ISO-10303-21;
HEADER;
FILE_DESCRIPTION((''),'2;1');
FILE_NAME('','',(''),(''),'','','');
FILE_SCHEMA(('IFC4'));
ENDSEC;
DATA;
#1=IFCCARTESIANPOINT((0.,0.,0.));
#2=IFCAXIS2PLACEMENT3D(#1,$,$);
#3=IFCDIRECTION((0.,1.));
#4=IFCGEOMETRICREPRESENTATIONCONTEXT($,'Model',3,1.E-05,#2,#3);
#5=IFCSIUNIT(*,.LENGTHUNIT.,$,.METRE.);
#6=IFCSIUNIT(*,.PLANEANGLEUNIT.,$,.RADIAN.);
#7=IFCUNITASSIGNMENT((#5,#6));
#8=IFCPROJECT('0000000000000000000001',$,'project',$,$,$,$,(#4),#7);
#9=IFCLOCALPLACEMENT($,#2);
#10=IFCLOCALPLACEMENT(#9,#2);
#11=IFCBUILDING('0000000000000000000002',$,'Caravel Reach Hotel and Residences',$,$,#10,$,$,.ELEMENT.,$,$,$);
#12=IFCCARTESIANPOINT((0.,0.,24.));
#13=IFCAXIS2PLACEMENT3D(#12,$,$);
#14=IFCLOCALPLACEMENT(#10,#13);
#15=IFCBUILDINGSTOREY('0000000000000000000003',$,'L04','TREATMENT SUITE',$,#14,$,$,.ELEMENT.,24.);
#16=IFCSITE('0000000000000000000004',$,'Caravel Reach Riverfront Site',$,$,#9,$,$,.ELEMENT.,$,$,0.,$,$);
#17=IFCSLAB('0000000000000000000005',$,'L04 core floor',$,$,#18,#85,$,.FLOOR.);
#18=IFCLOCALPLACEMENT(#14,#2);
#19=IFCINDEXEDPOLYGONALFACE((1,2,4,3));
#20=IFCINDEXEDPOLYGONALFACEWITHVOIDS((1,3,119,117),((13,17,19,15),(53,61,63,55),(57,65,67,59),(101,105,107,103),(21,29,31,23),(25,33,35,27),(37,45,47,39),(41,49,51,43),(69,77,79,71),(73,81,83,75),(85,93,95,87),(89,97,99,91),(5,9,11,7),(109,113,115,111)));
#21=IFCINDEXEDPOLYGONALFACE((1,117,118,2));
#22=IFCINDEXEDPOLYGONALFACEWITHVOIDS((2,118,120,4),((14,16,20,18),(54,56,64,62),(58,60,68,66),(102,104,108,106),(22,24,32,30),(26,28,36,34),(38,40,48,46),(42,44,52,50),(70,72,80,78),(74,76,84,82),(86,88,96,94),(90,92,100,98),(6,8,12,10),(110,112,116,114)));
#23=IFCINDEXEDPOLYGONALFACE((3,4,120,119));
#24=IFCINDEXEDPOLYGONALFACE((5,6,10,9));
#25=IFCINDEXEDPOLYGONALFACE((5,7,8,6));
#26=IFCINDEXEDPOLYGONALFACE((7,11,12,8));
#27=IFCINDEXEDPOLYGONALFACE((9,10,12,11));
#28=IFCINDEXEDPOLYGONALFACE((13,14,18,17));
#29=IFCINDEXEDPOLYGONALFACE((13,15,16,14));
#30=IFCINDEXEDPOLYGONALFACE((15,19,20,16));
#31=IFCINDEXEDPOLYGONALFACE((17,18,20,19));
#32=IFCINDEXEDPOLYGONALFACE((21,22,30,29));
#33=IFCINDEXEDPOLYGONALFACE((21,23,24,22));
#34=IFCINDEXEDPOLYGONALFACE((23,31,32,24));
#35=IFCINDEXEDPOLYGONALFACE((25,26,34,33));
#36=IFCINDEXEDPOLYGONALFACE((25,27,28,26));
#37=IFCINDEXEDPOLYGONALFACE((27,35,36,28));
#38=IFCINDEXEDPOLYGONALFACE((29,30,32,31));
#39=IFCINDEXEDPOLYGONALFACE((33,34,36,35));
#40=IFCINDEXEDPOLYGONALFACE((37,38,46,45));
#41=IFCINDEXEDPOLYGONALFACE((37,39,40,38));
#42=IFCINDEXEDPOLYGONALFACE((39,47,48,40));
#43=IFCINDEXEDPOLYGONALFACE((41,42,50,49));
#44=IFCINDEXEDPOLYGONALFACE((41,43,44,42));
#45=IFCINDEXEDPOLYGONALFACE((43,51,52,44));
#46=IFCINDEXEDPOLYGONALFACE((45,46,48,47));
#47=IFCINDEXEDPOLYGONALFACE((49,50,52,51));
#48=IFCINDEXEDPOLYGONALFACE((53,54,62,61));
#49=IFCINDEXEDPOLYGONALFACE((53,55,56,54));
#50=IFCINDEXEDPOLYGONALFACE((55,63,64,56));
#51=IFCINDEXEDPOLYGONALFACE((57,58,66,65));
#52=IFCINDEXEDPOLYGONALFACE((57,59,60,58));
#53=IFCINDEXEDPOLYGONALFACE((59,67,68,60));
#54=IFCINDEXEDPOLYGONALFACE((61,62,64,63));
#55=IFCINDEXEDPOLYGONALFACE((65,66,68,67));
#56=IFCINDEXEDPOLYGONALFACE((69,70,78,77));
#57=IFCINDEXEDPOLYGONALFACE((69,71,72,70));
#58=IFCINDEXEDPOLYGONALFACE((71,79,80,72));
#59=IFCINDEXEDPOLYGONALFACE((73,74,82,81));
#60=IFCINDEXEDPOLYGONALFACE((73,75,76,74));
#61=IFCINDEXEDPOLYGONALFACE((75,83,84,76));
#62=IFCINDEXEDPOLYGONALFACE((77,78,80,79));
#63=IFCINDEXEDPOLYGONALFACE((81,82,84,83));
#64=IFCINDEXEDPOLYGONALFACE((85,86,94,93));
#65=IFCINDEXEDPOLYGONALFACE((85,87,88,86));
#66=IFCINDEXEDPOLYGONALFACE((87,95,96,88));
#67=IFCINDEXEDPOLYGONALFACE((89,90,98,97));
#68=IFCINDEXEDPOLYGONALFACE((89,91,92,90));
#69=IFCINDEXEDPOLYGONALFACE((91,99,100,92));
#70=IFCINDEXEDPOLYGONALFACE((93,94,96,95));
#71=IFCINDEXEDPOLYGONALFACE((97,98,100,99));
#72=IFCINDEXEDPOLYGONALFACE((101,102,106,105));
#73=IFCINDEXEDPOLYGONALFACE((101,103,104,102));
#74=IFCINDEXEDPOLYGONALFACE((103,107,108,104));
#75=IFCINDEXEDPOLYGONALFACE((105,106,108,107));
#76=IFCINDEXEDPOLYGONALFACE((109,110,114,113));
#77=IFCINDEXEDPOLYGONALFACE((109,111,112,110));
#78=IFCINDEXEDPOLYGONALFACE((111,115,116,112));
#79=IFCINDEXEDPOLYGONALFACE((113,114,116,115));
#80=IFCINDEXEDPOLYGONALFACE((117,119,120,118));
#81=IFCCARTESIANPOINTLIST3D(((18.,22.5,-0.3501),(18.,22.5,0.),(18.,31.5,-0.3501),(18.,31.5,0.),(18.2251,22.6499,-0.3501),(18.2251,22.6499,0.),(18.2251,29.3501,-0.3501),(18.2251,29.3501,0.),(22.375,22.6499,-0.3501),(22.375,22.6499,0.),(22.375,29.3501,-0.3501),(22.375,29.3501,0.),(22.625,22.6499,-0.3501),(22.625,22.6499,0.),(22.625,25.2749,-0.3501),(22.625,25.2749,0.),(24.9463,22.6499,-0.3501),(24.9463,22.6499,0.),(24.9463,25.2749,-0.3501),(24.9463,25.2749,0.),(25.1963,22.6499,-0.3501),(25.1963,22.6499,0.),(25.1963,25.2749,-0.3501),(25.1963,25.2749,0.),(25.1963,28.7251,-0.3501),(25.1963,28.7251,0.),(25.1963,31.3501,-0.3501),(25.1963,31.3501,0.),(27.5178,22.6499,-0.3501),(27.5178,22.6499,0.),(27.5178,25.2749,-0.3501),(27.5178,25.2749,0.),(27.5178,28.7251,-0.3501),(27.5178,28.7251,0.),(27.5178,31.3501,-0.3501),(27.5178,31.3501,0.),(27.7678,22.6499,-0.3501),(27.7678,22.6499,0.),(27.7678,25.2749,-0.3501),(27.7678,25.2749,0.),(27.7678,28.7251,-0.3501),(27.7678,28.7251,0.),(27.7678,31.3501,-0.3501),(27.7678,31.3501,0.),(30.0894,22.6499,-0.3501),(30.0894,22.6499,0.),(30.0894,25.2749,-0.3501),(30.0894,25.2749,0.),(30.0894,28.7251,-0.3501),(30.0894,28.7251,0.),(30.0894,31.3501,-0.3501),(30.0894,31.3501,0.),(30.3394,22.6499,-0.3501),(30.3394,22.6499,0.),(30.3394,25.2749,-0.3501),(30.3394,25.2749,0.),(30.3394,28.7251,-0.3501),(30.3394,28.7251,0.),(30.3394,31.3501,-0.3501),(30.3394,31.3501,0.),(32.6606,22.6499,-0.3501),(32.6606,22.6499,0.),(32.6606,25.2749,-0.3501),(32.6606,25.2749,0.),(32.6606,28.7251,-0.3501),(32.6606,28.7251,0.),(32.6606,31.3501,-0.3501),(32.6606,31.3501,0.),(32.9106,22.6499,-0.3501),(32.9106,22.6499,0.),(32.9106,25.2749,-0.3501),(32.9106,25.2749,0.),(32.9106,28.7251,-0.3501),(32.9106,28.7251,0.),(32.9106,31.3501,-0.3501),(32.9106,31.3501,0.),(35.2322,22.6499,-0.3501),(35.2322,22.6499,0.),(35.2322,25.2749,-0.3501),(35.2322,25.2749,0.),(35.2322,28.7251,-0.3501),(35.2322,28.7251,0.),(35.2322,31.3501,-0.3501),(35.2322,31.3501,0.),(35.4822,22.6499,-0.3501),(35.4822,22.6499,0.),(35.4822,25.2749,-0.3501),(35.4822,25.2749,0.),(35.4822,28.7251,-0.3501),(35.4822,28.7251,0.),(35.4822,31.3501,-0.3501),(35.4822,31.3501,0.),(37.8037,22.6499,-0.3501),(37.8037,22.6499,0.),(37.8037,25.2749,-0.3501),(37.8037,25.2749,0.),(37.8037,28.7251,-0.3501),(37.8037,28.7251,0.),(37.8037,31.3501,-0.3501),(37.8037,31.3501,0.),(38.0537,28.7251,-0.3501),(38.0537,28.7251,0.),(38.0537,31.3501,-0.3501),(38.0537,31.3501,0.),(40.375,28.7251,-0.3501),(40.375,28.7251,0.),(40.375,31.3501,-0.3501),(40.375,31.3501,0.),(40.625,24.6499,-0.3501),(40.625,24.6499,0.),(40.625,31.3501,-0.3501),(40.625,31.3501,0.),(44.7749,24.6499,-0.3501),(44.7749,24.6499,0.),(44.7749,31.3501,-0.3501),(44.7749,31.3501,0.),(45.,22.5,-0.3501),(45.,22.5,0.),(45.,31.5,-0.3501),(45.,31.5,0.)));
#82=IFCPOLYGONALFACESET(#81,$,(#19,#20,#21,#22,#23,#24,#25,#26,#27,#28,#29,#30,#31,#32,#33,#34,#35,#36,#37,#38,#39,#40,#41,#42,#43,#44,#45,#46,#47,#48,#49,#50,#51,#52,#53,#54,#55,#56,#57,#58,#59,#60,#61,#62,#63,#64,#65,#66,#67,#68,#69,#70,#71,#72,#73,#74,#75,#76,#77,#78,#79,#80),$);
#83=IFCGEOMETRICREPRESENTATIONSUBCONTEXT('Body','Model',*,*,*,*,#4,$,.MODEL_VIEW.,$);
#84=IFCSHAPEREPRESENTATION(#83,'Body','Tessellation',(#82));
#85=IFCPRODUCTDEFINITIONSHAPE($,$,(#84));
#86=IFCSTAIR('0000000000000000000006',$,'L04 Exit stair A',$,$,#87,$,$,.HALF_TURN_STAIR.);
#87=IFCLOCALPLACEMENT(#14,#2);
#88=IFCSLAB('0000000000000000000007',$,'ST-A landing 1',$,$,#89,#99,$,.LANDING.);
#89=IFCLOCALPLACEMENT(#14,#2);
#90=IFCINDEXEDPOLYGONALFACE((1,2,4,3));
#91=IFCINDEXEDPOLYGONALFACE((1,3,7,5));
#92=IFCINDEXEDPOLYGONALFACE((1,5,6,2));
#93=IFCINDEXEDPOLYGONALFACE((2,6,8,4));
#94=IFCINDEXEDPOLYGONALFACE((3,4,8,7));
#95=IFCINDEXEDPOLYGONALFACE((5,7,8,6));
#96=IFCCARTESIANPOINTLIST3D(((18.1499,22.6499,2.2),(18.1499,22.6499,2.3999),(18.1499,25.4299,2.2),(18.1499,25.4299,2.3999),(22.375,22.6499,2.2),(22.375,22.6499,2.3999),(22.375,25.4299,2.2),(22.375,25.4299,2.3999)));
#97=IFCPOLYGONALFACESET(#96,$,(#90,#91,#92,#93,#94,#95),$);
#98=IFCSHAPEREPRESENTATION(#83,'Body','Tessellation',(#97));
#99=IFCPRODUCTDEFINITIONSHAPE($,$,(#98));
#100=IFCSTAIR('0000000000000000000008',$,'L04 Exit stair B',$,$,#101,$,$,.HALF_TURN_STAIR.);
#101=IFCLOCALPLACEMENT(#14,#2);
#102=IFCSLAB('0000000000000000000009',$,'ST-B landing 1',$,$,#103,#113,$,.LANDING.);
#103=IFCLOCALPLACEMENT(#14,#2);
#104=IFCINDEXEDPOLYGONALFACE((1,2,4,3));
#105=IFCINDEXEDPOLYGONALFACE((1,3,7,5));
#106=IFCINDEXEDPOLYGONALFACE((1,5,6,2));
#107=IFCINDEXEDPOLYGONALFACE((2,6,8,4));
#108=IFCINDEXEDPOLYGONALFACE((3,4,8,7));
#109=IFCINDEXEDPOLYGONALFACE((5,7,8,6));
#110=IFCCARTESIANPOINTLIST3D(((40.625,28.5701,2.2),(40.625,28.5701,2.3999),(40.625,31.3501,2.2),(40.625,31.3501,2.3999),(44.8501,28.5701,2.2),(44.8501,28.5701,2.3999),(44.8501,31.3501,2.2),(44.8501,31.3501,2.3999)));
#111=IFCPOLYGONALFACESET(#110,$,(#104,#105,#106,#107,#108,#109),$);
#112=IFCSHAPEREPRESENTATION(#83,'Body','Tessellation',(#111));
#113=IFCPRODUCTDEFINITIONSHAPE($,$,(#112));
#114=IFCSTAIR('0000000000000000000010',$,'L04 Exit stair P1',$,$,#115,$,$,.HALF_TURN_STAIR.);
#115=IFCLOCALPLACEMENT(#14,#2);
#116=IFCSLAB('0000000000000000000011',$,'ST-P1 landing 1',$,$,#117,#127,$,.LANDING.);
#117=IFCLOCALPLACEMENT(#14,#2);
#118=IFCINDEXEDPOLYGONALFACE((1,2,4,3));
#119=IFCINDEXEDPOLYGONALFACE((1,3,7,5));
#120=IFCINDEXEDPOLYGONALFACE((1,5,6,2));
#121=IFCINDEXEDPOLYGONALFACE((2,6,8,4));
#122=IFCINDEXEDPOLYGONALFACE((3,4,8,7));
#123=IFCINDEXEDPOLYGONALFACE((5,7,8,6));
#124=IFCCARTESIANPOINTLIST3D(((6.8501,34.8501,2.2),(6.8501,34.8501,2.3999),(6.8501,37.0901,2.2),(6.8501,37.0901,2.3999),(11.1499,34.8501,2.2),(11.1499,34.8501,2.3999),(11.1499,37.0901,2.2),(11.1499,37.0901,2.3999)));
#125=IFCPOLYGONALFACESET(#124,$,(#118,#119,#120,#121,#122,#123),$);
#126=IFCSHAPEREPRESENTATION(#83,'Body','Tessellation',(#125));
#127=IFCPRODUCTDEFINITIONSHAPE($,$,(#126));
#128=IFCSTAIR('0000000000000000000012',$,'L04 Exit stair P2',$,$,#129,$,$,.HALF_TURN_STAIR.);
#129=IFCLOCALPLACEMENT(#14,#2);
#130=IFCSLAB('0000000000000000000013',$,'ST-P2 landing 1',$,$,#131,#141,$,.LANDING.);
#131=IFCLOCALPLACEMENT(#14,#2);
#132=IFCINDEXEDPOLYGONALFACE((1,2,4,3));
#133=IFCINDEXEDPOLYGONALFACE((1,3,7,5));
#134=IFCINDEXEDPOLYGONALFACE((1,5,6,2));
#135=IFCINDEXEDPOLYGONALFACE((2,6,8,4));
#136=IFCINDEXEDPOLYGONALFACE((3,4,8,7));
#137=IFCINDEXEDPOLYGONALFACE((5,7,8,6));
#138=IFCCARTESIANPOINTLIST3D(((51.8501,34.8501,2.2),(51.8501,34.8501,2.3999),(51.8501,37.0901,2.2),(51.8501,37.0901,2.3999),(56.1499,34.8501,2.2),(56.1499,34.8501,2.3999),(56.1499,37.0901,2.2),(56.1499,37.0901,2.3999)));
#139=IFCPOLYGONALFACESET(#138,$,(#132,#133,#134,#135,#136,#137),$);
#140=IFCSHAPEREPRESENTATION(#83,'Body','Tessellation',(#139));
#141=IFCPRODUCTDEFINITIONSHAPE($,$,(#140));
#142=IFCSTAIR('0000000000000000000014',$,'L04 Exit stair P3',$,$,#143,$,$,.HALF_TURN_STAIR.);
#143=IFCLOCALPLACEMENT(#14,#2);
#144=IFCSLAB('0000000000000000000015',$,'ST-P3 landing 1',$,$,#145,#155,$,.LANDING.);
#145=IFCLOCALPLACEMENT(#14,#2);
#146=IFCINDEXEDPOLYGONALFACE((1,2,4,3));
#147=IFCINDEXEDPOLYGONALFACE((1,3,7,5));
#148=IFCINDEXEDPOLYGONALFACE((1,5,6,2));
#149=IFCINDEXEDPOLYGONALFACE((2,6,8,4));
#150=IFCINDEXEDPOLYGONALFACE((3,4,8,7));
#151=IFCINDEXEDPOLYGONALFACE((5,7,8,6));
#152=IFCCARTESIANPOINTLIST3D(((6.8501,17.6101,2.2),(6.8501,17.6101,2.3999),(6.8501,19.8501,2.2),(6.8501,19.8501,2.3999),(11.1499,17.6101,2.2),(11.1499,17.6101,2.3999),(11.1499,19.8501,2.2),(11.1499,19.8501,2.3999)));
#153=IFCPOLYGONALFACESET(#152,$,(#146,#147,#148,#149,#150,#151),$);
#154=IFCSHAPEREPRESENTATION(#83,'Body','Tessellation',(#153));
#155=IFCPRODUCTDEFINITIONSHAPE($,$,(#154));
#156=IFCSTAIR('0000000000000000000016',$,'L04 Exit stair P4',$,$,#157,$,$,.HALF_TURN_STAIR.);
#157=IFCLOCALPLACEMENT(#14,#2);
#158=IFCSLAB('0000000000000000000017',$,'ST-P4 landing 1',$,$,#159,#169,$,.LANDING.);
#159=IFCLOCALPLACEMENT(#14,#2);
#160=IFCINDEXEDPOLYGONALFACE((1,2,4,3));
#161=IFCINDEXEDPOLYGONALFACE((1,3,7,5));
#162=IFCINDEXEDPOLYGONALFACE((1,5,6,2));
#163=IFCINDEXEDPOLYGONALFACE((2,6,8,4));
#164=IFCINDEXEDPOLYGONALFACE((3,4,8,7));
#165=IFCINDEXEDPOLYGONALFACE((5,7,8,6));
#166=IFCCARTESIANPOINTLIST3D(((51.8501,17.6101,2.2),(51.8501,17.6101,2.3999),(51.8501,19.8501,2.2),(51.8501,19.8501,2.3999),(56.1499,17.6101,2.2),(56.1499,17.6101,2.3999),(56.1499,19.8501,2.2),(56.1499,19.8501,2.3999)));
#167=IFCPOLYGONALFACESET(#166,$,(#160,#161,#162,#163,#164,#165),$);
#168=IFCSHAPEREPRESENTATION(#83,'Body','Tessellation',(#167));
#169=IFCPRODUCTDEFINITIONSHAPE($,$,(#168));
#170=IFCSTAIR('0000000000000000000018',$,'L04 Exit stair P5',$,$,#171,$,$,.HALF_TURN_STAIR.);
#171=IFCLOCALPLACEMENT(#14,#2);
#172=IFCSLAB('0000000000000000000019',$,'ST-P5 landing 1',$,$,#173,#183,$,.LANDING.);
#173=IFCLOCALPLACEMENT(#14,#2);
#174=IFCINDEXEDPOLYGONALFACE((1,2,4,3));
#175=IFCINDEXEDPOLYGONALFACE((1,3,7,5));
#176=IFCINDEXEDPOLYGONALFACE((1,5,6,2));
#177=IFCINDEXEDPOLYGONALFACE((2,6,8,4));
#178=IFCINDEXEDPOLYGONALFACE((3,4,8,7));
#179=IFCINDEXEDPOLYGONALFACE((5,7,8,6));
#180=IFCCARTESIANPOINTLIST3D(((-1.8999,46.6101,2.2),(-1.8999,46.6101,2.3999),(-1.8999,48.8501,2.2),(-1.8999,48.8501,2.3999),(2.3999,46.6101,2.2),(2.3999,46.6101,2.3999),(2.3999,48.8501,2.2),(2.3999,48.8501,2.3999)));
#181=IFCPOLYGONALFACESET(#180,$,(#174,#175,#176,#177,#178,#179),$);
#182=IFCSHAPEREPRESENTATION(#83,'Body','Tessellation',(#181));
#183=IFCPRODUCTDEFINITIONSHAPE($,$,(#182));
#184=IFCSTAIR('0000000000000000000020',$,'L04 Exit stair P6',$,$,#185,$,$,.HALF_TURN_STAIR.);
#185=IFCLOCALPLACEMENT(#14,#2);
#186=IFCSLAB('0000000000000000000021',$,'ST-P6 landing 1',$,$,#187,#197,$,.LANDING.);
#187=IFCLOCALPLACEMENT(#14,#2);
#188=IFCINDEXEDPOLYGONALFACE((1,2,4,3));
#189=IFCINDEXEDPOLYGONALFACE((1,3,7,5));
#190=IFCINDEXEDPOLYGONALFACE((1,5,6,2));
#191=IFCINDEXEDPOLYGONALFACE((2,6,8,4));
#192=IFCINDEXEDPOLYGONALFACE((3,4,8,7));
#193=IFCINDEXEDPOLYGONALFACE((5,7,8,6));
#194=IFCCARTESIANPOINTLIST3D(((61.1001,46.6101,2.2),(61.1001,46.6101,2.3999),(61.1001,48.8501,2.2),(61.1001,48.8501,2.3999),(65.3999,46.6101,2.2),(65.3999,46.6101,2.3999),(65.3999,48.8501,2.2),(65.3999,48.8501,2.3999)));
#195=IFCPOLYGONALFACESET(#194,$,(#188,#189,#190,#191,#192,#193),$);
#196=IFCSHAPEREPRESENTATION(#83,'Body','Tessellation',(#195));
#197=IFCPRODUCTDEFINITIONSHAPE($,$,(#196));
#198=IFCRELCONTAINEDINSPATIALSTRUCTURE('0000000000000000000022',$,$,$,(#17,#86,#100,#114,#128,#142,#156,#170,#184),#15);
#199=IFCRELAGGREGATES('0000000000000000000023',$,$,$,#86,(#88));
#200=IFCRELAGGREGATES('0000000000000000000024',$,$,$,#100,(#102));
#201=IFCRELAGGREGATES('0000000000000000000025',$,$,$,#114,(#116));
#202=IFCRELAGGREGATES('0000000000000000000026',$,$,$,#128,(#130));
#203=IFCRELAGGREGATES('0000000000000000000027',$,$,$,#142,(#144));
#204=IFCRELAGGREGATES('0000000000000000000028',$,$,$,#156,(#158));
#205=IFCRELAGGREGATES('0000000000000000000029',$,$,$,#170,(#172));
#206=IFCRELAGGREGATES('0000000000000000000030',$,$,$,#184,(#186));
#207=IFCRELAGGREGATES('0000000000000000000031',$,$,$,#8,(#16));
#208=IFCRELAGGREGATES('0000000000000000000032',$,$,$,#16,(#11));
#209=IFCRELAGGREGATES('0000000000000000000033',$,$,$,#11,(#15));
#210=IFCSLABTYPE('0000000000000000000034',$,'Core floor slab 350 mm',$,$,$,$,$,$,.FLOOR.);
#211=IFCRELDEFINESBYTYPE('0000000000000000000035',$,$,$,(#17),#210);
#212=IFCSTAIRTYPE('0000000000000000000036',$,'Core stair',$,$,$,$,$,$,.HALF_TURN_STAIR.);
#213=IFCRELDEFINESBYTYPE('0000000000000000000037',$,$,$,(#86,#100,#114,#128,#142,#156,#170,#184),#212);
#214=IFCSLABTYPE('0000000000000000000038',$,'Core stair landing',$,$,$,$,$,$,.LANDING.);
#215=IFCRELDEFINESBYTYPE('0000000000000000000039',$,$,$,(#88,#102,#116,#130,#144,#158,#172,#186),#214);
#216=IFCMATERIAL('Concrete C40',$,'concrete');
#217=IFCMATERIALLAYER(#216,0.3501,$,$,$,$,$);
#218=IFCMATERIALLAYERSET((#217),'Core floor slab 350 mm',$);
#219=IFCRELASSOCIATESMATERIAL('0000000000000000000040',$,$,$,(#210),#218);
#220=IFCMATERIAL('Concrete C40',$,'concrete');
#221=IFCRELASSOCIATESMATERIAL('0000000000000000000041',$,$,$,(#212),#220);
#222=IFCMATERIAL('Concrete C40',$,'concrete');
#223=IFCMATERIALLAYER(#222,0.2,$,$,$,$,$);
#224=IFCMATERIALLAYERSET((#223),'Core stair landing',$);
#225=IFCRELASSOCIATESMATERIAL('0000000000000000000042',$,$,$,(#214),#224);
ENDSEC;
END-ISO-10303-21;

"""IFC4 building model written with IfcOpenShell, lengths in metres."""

from ifc_helpers import new_model, si_unit, direction, frame, origin, place, context, subcontext, project, spatial, polyline, outline, extrude, material, layer, layer_set, type_object, element, aggregate, save


model = new_model("IFC4")

# Units and contexts
model_context = context("Model", 3, precision=1e-05, world=origin(), true_north=direction((0.0, 1.0)))
body_context = subcontext(model_context, "Body", "Model", "MODEL_VIEW")
ifc_project = project(units=[si_unit("LENGTHUNIT", "METRE"), si_unit("PLANEANGLEUNIT", "RADIAN")], contexts=[model_context])

# Site, building, storey
site_placement = place(None, origin())
site = spatial("IfcSite", under=ifc_project, at=site_placement, Name="Caravel Reach Riverfront Site", CompositionType="ELEMENT", RefElevation=0.0)
building_placement = place(site_placement, origin())
building = spatial("IfcBuilding", under=site, at=building_placement, Name="Caravel Reach Hotel and Residences", CompositionType="ELEMENT")
storey_placement = place(building_placement, frame((0.0, 0.0, 24.0)))
storey = spatial("IfcBuildingStorey", under=building, at=storey_placement, Name="L04", Description="TREATMENT SUITE", CompositionType="ELEMENT", Elevation=24.0)

# Slab
ifc_material_1 = material(Name="Concrete C40", Category="concrete")
ifc_layer_1 = layer(ifc_material_1, 0.3501)
ifc_layer_set_1 = layer_set([ifc_layer_1], Name="Core floor slab 350 mm")
slab_type_1 = type_object("IfcSlabType", Name="Core floor slab 350 mm", PredefinedType="FLOOR", material=ifc_layer_set_1)
slab_1_placement = place(storey_placement, frame((0.0, 0.0, -0.3501)))
element("IfcSlab", 1, at=slab_1_placement, inside=storey, type_object=slab_type_1, Name="L04 core floor", PredefinedType="FLOOR", context=body_context, shape_type="SweptSolid", body=[
    extrude(outline(polyline([(18.0, 31.5), (45.0, 31.5), (45.0, 22.5), (18.0, 22.5), (18.0, 31.5)]), holes=[polyline([(22.625, 25.2749), (22.625, 22.6499), (24.9463, 22.6499), (24.9463, 25.2749), (22.625, 25.2749)]), polyline([(27.5178, 25.2749), (25.1963, 25.2749), (25.1963, 22.6499), (27.5178, 22.6499), (27.5178, 25.2749)]), polyline([(30.0894, 25.2749), (27.7678, 25.2749), (27.7678, 22.6499), (30.0894, 22.6499), (30.0894, 25.2749)]), polyline([(32.6606, 25.2749), (30.3394, 25.2749), (30.3394, 22.6499), (32.6606, 22.6499), (32.6606, 25.2749)]), polyline([(18.2251, 22.6499), (22.375, 22.6499), (22.375, 29.3501), (18.2251, 29.3501), (18.2251, 22.6499)]), polyline([(27.5178, 31.3501), (25.1963, 31.3501), (25.1963, 28.7251), (27.5178, 28.7251), (27.5178, 31.3501)]), polyline([(30.0894, 31.3501), (27.7678, 31.3501), (27.7678, 28.7251), (30.0894, 28.7251), (30.0894, 31.3501)]), polyline([(32.9106, 25.2749), (32.9106, 22.6499), (35.2322, 22.6499), (35.2322, 25.2749), (32.9106, 25.2749)]), polyline([(37.8037, 25.2749), (35.4822, 25.2749), (35.4822, 22.6499), (37.8037, 22.6499), (37.8037, 25.2749)]), polyline([(44.7749, 31.3501), (40.625, 31.3501), (40.625, 24.6499), (44.7749, 24.6499), (44.7749, 31.3501)]), polyline([(32.6606, 31.3501), (30.3394, 31.3501), (30.3394, 28.7251), (32.6606, 28.7251), (32.6606, 31.3501)]), polyline([(35.2322, 31.3501), (32.9106, 31.3501), (32.9106, 28.7251), (35.2322, 28.7251), (35.2322, 31.3501)]), polyline([(37.8037, 31.3501), (35.4822, 31.3501), (35.4822, 28.7251), (37.8037, 28.7251), (37.8037, 31.3501)]), polyline([(40.375, 31.3501), (38.0537, 31.3501), (38.0537, 28.7251), (40.375, 28.7251), (40.375, 31.3501)])]), origin(), (0.0, 0.0, 1.0), 0.3501),
])

# Stairs, slabs
ifc_material_2 = material(Name="Concrete C40", Category="concrete")
stair_type = type_object("IfcStairType", Name="Core stair", PredefinedType="HALF_TURN_STAIR", material=ifc_material_2)
stair_1_placement = place(storey_placement, origin())
stair_1 = element("IfcStair", 2, at=stair_1_placement, inside=storey, type_object=stair_type, Name="L04 Exit stair A", PredefinedType="HALF_TURN_STAIR")
ifc_material_3 = material(Name="Concrete C40", Category="concrete")
ifc_layer_2 = layer(ifc_material_3, 0.2)
ifc_layer_set_2 = layer_set([ifc_layer_2], Name="Core stair landing")
slab_type_2 = type_object("IfcSlabType", Name="Core stair landing", PredefinedType="LANDING", material=ifc_layer_set_2)
slab_2_placement = place(storey_placement, frame((0.0, 0.0, 2.2)))
slab_2 = element("IfcSlab", 3, at=slab_2_placement, type_object=slab_type_2, Name="ST-A landing 1", PredefinedType="LANDING", context=body_context, shape_type="SweptSolid", body=[
    extrude(outline(polyline([(18.1499, 25.4299), (18.1499, 22.6499), (22.375, 22.6499), (22.375, 25.4299), (18.1499, 25.4299)])), origin(), (0.0, 0.0, 1.0), 0.2),
])
aggregate(stair_1, [slab_2])
stair_2_placement = place(storey_placement, origin())
stair_2 = element("IfcStair", 4, at=stair_2_placement, inside=storey, type_object=stair_type, Name="L04 Exit stair B", PredefinedType="HALF_TURN_STAIR")
slab_3_placement = place(storey_placement, frame((0.0, 0.0, 2.2)))
slab_3 = element("IfcSlab", 5, at=slab_3_placement, type_object=slab_type_2, Name="ST-B landing 1", PredefinedType="LANDING", context=body_context, shape_type="SweptSolid", body=[
    extrude(outline(polyline([(44.8501, 28.5701), (44.8501, 31.3501), (40.625, 31.3501), (40.625, 28.5701), (44.8501, 28.5701)])), origin(), (0.0, 0.0, 1.0), 0.2),
])
aggregate(stair_2, [slab_3])
stair_3_placement = place(storey_placement, origin())
stair_3 = element("IfcStair", 6, at=stair_3_placement, inside=storey, type_object=stair_type, Name="L04 Exit stair P1", PredefinedType="HALF_TURN_STAIR")
slab_4_placement = place(storey_placement, frame((0.0, 0.0, 2.2)))
slab_4 = element("IfcSlab", 7, at=slab_4_placement, type_object=slab_type_2, Name="ST-P1 landing 1", PredefinedType="LANDING", context=body_context, shape_type="SweptSolid", body=[
    extrude(outline(polyline([(6.8501, 37.0901), (6.8501, 34.8501), (11.1499, 34.8501), (11.1499, 37.0901), (6.8501, 37.0901)])), origin(), (0.0, 0.0, 1.0), 0.2),
])
aggregate(stair_3, [slab_4])
stair_4_placement = place(storey_placement, origin())
stair_4 = element("IfcStair", 8, at=stair_4_placement, inside=storey, type_object=stair_type, Name="L04 Exit stair P2", PredefinedType="HALF_TURN_STAIR")
slab_5_placement = place(storey_placement, frame((0.0, 0.0, 2.2)))
slab_5 = element("IfcSlab", 9, at=slab_5_placement, type_object=slab_type_2, Name="ST-P2 landing 1", PredefinedType="LANDING", context=body_context, shape_type="SweptSolid", body=[
    extrude(outline(polyline([(51.8501, 37.0901), (51.8501, 34.8501), (56.1499, 34.8501), (56.1499, 37.0901), (51.8501, 37.0901)])), origin(), (0.0, 0.0, 1.0), 0.2),
])
aggregate(stair_4, [slab_5])
stair_5_placement = place(storey_placement, origin())
stair_5 = element("IfcStair", 10, at=stair_5_placement, inside=storey, type_object=stair_type, Name="L04 Exit stair P3", PredefinedType="HALF_TURN_STAIR")
slab_6_placement = place(storey_placement, frame((0.0, 0.0, 2.2)))
slab_6 = element("IfcSlab", 11, at=slab_6_placement, type_object=slab_type_2, Name="ST-P3 landing 1", PredefinedType="LANDING", context=body_context, shape_type="SweptSolid", body=[
    extrude(outline(polyline([(11.1499, 17.6101), (11.1499, 19.8501), (6.8501, 19.8501), (6.8501, 17.6101), (11.1499, 17.6101)])), origin(), (0.0, 0.0, 1.0), 0.2),
])
aggregate(stair_5, [slab_6])
stair_6_placement = place(storey_placement, origin())
stair_6 = element("IfcStair", 12, at=stair_6_placement, inside=storey, type_object=stair_type, Name="L04 Exit stair P4", PredefinedType="HALF_TURN_STAIR")
slab_7_placement = place(storey_placement, frame((0.0, 0.0, 2.2)))
slab_7 = element("IfcSlab", 13, at=slab_7_placement, type_object=slab_type_2, Name="ST-P4 landing 1", PredefinedType="LANDING", context=body_context, shape_type="SweptSolid", body=[
    extrude(outline(polyline([(56.1499, 17.6101), (56.1499, 19.8501), (51.8501, 19.8501), (51.8501, 17.6101), (56.1499, 17.6101)])), origin(), (0.0, 0.0, 1.0), 0.2),
])
aggregate(stair_6, [slab_7])
stair_7_placement = place(storey_placement, origin())
stair_7 = element("IfcStair", 14, at=stair_7_placement, inside=storey, type_object=stair_type, Name="L04 Exit stair P5", PredefinedType="HALF_TURN_STAIR")
slab_8_placement = place(storey_placement, frame((0.0, 0.0, 2.2)))
slab_8 = element("IfcSlab", 15, at=slab_8_placement, type_object=slab_type_2, Name="ST-P5 landing 1", PredefinedType="LANDING", context=body_context, shape_type="SweptSolid", body=[
    extrude(outline(polyline([(2.3999, 46.6101), (2.3999, 48.8501), (-1.8999, 48.8501), (-1.8999, 46.6101), (2.3999, 46.6101)])), origin(), (0.0, 0.0, 1.0), 0.2),
])
aggregate(stair_7, [slab_8])
stair_8_placement = place(storey_placement, origin())
stair_8 = element("IfcStair", 16, at=stair_8_placement, inside=storey, type_object=stair_type, Name="L04 Exit stair P6", PredefinedType="HALF_TURN_STAIR")
slab_9_placement = place(storey_placement, frame((0.0, 0.0, 2.2)))
slab_9 = element("IfcSlab", 17, at=slab_9_placement, type_object=slab_type_2, Name="ST-P6 landing 1", PredefinedType="LANDING", context=body_context, shape_type="SweptSolid", body=[
    extrude(outline(polyline([(65.3999, 46.6101), (65.3999, 48.8501), (61.1001, 48.8501), (61.1001, 46.6101), (65.3999, 46.6101)])), origin(), (0.0, 0.0, 1.0), 0.2),
])
aggregate(stair_8, [slab_9])

save(model, "model.ifc")
